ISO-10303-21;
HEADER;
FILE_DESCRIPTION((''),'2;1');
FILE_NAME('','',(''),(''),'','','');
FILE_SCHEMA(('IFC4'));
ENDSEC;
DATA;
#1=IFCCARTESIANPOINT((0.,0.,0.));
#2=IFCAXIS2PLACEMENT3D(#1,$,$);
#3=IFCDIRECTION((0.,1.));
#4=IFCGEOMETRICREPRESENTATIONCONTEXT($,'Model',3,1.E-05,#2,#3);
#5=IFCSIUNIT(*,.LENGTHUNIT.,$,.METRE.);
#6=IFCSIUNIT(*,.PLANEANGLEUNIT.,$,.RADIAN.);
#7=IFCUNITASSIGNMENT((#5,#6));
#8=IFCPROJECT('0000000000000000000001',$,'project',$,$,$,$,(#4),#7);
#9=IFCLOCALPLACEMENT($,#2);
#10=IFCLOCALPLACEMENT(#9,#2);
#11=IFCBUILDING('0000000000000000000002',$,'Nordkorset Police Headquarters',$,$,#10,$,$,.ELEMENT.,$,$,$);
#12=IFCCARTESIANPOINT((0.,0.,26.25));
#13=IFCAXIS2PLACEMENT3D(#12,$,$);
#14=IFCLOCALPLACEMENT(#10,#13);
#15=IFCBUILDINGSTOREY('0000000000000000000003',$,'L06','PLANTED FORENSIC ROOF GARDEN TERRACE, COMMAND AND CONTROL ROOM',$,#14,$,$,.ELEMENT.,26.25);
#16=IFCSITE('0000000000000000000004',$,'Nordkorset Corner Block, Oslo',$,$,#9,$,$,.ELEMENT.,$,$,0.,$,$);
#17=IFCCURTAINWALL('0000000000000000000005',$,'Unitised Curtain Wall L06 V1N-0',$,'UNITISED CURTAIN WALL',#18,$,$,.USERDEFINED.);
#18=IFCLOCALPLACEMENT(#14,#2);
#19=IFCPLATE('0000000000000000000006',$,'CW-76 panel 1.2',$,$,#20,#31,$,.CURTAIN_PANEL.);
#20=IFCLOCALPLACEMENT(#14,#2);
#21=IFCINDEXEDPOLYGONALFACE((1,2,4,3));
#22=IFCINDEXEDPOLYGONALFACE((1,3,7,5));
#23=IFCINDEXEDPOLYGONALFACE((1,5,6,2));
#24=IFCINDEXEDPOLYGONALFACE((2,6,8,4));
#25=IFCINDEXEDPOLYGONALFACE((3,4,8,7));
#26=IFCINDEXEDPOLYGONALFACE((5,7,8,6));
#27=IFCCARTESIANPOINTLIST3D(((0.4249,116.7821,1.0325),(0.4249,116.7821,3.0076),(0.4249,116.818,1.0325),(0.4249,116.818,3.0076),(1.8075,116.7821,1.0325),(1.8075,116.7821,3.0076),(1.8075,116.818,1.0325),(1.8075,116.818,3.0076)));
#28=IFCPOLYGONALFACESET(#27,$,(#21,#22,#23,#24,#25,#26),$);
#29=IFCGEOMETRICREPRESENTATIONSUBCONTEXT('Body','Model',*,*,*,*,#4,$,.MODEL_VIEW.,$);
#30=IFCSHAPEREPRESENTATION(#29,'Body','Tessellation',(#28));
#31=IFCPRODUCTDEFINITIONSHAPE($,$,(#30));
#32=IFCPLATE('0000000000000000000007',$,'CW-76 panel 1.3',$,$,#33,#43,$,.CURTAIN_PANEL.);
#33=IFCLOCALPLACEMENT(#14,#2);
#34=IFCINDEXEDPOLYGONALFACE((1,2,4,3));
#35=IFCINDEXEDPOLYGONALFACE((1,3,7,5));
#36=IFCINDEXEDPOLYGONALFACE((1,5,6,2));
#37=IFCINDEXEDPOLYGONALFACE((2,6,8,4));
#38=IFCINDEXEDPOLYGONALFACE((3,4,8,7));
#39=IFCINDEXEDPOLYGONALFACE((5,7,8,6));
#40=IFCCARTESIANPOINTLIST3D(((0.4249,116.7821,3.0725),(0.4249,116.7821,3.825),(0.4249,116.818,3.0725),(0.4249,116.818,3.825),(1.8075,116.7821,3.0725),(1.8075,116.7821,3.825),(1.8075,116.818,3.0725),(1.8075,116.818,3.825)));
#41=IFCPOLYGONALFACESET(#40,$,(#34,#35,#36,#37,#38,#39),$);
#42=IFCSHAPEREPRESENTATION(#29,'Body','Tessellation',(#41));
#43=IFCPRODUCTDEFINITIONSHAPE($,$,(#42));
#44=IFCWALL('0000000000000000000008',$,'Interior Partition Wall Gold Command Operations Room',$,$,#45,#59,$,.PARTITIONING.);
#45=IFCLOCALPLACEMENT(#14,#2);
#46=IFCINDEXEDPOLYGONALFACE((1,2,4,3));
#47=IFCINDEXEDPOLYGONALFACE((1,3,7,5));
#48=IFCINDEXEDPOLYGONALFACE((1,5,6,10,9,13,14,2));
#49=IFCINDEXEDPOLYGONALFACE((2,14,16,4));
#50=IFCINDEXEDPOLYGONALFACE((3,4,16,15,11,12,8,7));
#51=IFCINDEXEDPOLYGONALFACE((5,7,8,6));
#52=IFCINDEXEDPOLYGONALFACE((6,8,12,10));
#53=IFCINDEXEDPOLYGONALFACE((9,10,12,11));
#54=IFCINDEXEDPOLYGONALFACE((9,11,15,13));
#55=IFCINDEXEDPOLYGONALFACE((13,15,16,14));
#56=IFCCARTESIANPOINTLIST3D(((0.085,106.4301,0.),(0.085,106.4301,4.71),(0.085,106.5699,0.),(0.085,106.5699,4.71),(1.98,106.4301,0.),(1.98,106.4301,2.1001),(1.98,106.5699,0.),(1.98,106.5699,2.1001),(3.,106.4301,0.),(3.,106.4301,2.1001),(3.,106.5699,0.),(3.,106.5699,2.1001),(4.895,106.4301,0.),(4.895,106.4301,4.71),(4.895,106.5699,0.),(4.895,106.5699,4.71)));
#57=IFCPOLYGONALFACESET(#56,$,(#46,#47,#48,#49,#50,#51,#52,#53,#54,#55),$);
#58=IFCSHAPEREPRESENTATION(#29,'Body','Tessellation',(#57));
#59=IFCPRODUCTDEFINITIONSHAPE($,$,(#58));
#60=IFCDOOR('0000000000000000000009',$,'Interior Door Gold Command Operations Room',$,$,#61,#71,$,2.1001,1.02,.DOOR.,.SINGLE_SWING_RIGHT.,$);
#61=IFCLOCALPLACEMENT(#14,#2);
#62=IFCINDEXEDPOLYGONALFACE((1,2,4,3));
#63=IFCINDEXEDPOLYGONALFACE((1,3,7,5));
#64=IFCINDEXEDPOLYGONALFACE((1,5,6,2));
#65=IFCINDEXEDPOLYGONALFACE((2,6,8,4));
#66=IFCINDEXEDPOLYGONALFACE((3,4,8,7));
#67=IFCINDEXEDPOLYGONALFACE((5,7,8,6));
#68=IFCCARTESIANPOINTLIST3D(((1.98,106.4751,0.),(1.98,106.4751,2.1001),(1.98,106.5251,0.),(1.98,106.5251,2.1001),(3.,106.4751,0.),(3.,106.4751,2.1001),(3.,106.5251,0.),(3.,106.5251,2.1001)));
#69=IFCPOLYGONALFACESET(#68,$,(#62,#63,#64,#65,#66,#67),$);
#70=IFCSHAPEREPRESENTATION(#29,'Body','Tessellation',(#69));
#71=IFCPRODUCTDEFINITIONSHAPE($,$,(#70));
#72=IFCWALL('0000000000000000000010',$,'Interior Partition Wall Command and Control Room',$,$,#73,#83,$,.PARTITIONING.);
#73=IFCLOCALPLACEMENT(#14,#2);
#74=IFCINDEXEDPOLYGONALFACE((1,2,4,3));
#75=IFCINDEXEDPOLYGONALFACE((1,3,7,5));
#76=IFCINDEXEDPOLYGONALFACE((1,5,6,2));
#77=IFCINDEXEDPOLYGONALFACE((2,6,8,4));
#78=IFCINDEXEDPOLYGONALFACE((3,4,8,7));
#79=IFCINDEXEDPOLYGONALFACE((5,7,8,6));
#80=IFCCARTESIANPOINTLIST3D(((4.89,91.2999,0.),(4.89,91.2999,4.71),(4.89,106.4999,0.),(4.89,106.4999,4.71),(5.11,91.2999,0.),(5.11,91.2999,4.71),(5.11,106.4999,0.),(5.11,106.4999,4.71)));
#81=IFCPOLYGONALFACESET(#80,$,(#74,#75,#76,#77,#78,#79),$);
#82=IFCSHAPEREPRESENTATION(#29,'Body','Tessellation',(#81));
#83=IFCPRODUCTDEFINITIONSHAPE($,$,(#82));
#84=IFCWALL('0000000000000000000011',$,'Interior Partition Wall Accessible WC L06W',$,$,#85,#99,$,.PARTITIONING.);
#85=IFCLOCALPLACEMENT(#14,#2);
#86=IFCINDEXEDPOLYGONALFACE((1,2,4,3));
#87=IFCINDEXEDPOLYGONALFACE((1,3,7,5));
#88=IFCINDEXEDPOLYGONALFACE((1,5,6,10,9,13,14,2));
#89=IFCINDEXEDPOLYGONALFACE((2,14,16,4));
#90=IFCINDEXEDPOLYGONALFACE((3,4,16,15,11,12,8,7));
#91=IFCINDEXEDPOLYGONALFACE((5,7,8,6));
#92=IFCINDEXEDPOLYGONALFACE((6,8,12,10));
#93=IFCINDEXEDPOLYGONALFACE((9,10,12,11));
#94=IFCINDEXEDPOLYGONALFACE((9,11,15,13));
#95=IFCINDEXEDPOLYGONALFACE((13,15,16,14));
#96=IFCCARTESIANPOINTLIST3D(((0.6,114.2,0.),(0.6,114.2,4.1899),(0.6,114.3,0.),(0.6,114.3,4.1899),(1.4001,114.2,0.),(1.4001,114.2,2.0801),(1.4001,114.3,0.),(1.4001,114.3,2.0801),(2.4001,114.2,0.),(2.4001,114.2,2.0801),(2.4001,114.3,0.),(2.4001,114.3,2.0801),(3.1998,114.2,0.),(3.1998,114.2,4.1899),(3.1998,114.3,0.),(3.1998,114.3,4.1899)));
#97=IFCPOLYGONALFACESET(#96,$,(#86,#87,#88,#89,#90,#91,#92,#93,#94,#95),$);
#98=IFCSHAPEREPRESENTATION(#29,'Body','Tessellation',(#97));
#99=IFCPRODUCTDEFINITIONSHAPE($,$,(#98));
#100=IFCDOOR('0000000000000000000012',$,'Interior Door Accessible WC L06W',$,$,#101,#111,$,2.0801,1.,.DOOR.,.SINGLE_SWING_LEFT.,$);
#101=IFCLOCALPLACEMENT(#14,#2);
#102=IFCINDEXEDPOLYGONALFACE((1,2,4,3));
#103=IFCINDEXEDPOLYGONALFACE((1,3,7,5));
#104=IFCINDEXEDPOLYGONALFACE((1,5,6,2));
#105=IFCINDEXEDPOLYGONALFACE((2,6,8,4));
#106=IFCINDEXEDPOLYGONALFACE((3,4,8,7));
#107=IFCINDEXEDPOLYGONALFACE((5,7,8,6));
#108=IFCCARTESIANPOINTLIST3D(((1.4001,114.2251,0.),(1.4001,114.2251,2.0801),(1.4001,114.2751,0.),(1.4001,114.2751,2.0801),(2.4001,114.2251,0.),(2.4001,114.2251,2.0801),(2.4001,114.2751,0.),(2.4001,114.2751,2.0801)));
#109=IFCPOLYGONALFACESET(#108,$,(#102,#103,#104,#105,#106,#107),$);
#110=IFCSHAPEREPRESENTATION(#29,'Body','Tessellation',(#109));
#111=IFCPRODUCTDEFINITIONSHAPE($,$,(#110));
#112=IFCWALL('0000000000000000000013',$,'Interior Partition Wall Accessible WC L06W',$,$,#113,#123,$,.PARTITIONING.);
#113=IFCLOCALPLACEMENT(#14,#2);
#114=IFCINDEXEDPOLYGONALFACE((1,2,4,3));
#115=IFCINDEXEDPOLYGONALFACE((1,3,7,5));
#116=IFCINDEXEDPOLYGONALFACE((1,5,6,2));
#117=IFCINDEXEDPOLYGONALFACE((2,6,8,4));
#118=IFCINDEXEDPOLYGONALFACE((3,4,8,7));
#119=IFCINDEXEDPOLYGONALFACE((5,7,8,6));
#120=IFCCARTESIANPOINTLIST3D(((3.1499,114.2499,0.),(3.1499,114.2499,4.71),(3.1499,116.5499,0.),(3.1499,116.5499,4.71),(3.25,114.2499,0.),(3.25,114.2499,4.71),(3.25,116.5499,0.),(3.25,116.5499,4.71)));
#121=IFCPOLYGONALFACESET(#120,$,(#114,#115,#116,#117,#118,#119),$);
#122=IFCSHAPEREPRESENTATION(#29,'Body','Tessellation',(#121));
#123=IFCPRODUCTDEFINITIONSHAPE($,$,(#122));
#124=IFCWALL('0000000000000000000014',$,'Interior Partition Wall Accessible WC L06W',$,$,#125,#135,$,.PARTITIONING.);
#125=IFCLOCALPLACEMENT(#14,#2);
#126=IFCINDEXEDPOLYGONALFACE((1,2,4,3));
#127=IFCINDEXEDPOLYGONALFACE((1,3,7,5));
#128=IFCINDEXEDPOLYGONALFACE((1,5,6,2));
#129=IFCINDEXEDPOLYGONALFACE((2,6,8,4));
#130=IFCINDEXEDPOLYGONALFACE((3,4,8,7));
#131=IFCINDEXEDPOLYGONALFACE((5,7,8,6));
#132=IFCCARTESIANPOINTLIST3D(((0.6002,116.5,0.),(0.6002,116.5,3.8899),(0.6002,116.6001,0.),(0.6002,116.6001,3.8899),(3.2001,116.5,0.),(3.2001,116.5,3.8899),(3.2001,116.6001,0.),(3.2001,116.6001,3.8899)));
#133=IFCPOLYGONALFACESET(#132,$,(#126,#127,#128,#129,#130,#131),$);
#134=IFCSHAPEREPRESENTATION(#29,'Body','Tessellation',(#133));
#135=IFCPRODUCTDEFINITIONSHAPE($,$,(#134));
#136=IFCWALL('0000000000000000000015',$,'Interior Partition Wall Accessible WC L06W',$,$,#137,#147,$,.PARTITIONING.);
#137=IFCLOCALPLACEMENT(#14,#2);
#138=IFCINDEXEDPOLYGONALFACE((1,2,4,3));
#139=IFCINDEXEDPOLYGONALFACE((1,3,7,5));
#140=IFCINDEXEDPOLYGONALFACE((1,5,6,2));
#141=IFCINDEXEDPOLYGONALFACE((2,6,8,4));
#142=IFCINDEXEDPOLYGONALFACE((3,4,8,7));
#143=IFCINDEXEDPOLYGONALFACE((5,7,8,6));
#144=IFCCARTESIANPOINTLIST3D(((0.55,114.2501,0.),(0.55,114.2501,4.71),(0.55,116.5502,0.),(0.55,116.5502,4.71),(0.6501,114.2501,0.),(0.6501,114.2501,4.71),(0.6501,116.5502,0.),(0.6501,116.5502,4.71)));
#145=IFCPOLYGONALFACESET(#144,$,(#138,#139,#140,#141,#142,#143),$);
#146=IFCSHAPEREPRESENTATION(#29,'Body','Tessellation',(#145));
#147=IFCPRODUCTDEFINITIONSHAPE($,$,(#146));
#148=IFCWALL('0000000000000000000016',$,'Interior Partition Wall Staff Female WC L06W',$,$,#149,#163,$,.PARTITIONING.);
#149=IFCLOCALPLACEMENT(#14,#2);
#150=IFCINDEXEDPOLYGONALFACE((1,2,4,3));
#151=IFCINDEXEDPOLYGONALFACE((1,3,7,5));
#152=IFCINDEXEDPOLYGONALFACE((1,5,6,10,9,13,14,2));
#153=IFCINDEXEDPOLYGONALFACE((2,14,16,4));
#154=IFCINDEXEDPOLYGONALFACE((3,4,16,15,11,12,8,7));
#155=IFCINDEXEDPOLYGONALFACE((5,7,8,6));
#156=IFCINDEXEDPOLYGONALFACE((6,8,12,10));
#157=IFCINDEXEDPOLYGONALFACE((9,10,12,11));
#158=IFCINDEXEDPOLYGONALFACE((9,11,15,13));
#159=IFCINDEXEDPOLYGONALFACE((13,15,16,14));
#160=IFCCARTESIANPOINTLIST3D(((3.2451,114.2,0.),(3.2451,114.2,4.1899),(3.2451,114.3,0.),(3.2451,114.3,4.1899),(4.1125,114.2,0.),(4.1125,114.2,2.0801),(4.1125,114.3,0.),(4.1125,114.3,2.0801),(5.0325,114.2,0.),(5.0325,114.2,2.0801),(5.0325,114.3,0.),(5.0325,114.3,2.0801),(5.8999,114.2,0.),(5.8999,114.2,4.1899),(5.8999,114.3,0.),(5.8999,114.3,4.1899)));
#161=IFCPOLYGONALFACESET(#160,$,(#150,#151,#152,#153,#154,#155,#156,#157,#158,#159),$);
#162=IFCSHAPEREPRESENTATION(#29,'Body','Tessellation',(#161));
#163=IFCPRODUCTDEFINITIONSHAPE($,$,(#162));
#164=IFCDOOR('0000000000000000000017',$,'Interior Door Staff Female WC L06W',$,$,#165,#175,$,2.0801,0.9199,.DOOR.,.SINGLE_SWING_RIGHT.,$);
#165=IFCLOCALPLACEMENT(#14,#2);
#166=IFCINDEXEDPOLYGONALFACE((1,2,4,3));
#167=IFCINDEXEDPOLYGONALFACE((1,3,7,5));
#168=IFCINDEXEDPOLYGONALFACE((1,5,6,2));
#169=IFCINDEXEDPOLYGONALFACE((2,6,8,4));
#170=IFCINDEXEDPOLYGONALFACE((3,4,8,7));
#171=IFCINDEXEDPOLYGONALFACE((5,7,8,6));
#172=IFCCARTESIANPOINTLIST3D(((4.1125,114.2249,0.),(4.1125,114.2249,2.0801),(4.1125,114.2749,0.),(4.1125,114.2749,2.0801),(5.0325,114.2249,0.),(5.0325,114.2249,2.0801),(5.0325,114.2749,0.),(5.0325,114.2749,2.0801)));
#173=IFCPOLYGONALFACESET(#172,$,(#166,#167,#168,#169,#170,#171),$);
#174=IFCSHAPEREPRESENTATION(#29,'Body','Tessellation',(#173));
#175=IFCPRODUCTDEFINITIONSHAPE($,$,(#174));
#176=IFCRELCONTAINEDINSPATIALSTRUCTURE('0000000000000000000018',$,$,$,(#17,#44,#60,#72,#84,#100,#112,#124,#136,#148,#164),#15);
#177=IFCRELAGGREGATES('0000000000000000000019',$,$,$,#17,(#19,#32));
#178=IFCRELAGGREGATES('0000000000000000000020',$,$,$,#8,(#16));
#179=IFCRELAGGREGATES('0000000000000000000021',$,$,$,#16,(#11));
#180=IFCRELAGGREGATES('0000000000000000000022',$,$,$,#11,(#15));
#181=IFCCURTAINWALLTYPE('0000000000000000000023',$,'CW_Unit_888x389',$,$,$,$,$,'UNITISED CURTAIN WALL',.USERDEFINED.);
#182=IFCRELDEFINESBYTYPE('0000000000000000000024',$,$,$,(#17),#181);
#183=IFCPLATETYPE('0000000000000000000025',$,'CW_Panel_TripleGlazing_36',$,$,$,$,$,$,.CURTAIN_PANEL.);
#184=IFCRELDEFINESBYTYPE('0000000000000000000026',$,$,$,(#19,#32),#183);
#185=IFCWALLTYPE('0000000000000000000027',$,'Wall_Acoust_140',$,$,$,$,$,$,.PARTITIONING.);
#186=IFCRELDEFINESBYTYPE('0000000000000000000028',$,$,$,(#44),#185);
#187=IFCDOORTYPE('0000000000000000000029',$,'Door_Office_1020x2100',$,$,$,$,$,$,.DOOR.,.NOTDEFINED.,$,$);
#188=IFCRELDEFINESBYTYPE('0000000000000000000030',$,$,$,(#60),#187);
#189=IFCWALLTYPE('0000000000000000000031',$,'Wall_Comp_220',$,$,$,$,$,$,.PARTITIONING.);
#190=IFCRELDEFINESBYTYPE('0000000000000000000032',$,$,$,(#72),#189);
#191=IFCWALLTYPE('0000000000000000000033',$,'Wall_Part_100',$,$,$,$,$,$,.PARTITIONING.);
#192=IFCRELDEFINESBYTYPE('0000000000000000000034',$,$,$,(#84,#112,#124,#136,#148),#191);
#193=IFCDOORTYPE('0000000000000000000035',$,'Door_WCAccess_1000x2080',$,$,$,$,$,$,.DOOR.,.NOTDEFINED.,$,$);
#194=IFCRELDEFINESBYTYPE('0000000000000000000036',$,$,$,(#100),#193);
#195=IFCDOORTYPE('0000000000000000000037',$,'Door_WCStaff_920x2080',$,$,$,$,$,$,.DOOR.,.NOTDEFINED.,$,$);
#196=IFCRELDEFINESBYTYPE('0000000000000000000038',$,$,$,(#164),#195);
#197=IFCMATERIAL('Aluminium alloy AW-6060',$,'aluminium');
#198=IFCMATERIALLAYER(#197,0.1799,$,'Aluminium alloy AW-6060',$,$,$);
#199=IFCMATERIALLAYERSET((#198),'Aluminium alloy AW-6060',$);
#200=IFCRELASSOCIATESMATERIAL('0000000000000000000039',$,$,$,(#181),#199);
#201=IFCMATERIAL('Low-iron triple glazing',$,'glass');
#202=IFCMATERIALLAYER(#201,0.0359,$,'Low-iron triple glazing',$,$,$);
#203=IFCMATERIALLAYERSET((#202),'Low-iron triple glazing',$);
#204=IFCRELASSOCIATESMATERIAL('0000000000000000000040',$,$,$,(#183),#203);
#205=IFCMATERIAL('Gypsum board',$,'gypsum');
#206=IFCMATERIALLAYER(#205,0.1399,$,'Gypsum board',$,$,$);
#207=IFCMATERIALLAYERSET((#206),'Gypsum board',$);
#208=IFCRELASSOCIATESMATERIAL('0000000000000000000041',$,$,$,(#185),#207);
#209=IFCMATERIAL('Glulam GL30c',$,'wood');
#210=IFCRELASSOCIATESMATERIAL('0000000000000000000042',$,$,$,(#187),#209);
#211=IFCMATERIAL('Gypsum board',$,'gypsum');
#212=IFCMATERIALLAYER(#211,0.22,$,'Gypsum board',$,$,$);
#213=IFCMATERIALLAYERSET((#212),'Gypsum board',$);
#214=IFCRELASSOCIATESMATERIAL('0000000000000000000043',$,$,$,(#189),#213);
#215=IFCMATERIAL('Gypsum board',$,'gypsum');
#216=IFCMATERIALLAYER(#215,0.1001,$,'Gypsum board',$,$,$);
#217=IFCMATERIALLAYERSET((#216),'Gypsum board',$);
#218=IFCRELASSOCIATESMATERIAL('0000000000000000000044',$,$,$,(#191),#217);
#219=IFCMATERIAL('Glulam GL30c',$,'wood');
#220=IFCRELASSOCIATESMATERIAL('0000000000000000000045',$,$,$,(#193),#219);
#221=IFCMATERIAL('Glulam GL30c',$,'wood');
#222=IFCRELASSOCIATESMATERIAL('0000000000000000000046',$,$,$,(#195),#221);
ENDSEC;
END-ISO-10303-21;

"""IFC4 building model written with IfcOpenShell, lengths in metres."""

from ifc_helpers import new_model, si_unit, direction, frame, frame_2d, origin, origin_2d, place, context, subcontext, project, spatial, rectangle, extrude, material, layer, layer_set, type_object, element, fill, aggregate, save


model = new_model("IFC4")

# Units and contexts
model_context = context("Model", 3, precision=1e-05, world=origin(), true_north=direction((0.0, 1.0)))
body_context = subcontext(model_context, "Body", "Model", "MODEL_VIEW")
ifc_project = project(units=[si_unit("LENGTHUNIT", "METRE"), si_unit("PLANEANGLEUNIT", "RADIAN")], contexts=[model_context])

# Site, building, storey
site_placement = place(None, origin())
site = spatial("IfcSite", under=ifc_project, at=site_placement, Name="Nordkorset Corner Block, Oslo", CompositionType="ELEMENT", RefElevation=0.0)
building_placement = place(site_placement, origin())
building = spatial("IfcBuilding", under=site, at=building_placement, Name="Nordkorset Police Headquarters", CompositionType="ELEMENT")
storey_placement = place(building_placement, frame((0.0, 0.0, 26.25)))
storey = spatial("IfcBuildingStorey", under=building, at=storey_placement, Name="L06", Description="PLANTED FORENSIC ROOF GARDEN TERRACE, COMMAND AND CONTROL ROOM", CompositionType="ELEMENT", Elevation=26.25)

# Curtain wall, plates
ifc_material_1 = material(Name="Aluminium alloy AW-6060", Category="aluminium")
ifc_layer_1 = layer(ifc_material_1, 0.1799, Name="Aluminium alloy AW-6060")
ifc_layer_set_1 = layer_set([ifc_layer_1], Name="Aluminium alloy AW-6060")
curtain_wall_type = type_object("IfcCurtainWallType", Name="CW_Unit_888x389", ElementType="UNITISED CURTAIN WALL", PredefinedType="USERDEFINED", material=ifc_layer_set_1)
curtain_wall_placement = place(storey_placement, origin())
curtain_wall = element("IfcCurtainWall", 1, at=curtain_wall_placement, inside=storey, type_object=curtain_wall_type, Name="Unitised Curtain Wall L06 V1N-0", ObjectType="UNITISED CURTAIN WALL", PredefinedType="USERDEFINED")
ifc_material_2 = material(Name="Low-iron triple glazing", Category="glass")
ifc_layer_2 = layer(ifc_material_2, 0.0359, Name="Low-iron triple glazing")
ifc_layer_set_2 = layer_set([ifc_layer_2], Name="Low-iron triple glazing")
plate_type = type_object("IfcPlateType", Name="CW_Panel_TripleGlazing_36", PredefinedType="CURTAIN_PANEL", material=ifc_layer_set_2)
plate_1_placement = place(storey_placement, frame((1.1162, 116.8, 1.0325), z_axis=(0.0, 0.0, 1.0), x_axis=(1.0, 0.0, 0.0)))
plate_1 = element("IfcPlate", 2, at=plate_1_placement, type_object=plate_type, Name="CW-76 panel 1.2", PredefinedType="CURTAIN_PANEL", context=body_context, shape_type="SweptSolid", body=[
    extrude(rectangle(XDim=1.3826, YDim=0.0359, at=origin_2d()), origin(), (0.0, 0.0, 1.0), 1.9751),
])
plate_2_placement = place(storey_placement, frame((1.1162, 116.8, 3.0725), z_axis=(0.0, 0.0, 1.0), x_axis=(1.0, 0.0, 0.0)))
plate_2 = element("IfcPlate", 3, at=plate_2_placement, type_object=plate_type, Name="CW-76 panel 1.3", PredefinedType="CURTAIN_PANEL", context=body_context, shape_type="SweptSolid", body=[
    extrude(rectangle(XDim=1.3826, YDim=0.0359, at=origin_2d()), origin(), (0.0, 0.0, 1.0), 0.7524),
])
aggregate(curtain_wall, [plate_1, plate_2])

# Wall, opening, door
ifc_material_3 = material(Name="Gypsum board", Category="gypsum")
ifc_layer_3 = layer(ifc_material_3, 0.1399, Name="Gypsum board")
ifc_layer_set_3 = layer_set([ifc_layer_3], Name="Gypsum board")
wall_type_1 = type_object("IfcWallType", Name="Wall_Acoust_140", PredefinedType="PARTITIONING", material=ifc_layer_set_3)
wall_1_placement = place(storey_placement, frame((4.895, 106.5, 0.0), z_axis=(0.0, 0.0, 1.0), x_axis=(-1.0, 0.0, 0.0)))
wall_1 = element("IfcWall", 4, at=wall_1_placement, inside=storey, type_object=wall_type_1, Name="Interior Partition Wall Gold Command Operations Room", PredefinedType="PARTITIONING", context=body_context, shape_type="SweptSolid", body=[
    extrude(rectangle(XDim=4.8101, YDim=0.1399, at=frame_2d((2.405, 0.0))), origin(), (0.0, 0.0, 1.0), 4.71),
])
opening_1_placement = place(wall_1_placement, frame((1.895, 0.0, 0.0)))
opening_1 = element("IfcOpeningElement", 5, at=opening_1_placement, cuts=wall_1, PredefinedType="OPENING", context=body_context, shape_type="SweptSolid", body=[
    extrude(rectangle(XDim=1.02, YDim=2.1001, at=frame_2d((0.51, 1.05))), frame((0.0, 0.0801, 0.0), z_axis=(0.0, -1.0, 0.0), x_axis=(1.0, 0.0, 0.0)), (0.0, 0.0, 1.0), 0.1599),
])
ifc_material_4 = material(Name="Glulam GL30c", Category="wood")
door_type_1 = type_object("IfcDoorType", Name="Door_Office_1020x2100", OperationType="NOTDEFINED", PredefinedType="DOOR", material=ifc_material_4)
door_1_placement = place(opening_1_placement, origin())
door_1 = element("IfcDoor", 6, at=door_1_placement, inside=storey, type_object=door_type_1, Name="Interior Door Gold Command Operations Room", OperationType="SINGLE_SWING_RIGHT", OverallHeight=2.1001, OverallWidth=1.02, PredefinedType="DOOR", context=body_context, shape_type="SweptSolid", body=[
    extrude(rectangle(XDim=1.02, YDim=2.1001, at=frame_2d((0.51, 1.05))), frame((0.0, 0.0249, 0.0), z_axis=(0.0, -1.0, 0.0), x_axis=(1.0, 0.0, 0.0)), (0.0, 0.0, 1.0), 0.05),
])
fill(opening_1, door_1)

# Wall
ifc_material_5 = material(Name="Gypsum board", Category="gypsum")
ifc_layer_4 = layer(ifc_material_5, 0.22, Name="Gypsum board")
ifc_layer_set_4 = layer_set([ifc_layer_4], Name="Gypsum board")
wall_type_2 = type_object("IfcWallType", Name="Wall_Comp_220", PredefinedType="PARTITIONING", material=ifc_layer_set_4)
wall_2_placement = place(storey_placement, frame((5.0, 106.5, 0.0), z_axis=(0.0, 0.0, 1.0), x_axis=(0.0, -1.0, 0.0)))
element("IfcWall", 7, at=wall_2_placement, inside=storey, type_object=wall_type_2, Name="Interior Partition Wall Command and Control Room", PredefinedType="PARTITIONING", context=body_context, shape_type="SweptSolid", body=[
    extrude(rectangle(XDim=15.2, YDim=0.22, at=frame_2d((7.6001, 0.0))), origin(), (0.0, 0.0, 1.0), 4.71),
])

# Wall, opening, door
ifc_material_6 = material(Name="Gypsum board", Category="gypsum")
ifc_layer_5 = layer(ifc_material_6, 0.1001, Name="Gypsum board")
ifc_layer_set_5 = layer_set([ifc_layer_5], Name="Gypsum board")
wall_type_3 = type_object("IfcWallType", Name="Wall_Part_100", PredefinedType="PARTITIONING", material=ifc_layer_set_5)
wall_3_placement = place(storey_placement, frame((0.6001, 114.25, 0.0), z_axis=(0.0, 0.0, 1.0), x_axis=(1.0, 0.0, 0.0)))
wall_3 = element("IfcWall", 8, at=wall_3_placement, inside=storey, type_object=wall_type_3, Name="Interior Partition Wall Accessible WC L06W", PredefinedType="PARTITIONING", context=body_context, shape_type="SweptSolid", body=[
    extrude(rectangle(XDim=2.5999, YDim=0.1001, at=frame_2d((1.2998, 0.0))), origin(), (0.0, 0.0, 1.0), 4.1899),
])
opening_2_placement = place(wall_3_placement, frame((0.8, 0.0, 0.0)))
opening_2 = element("IfcOpeningElement", 9, at=opening_2_placement, cuts=wall_3, PredefinedType="OPENING", context=body_context, shape_type="SweptSolid", body=[
    extrude(rectangle(XDim=1.0, YDim=2.0801, at=frame_2d((0.5, 1.04))), frame((0.0, 0.0601, 0.0), z_axis=(0.0, -1.0, 0.0), x_axis=(1.0, 0.0, 0.0)), (0.0, 0.0, 1.0), 0.1201),
])
ifc_material_7 = material(Name="Glulam GL30c", Category="wood")
door_type_2 = type_object("IfcDoorType", Name="Door_WCAccess_1000x2080", OperationType="NOTDEFINED", PredefinedType="DOOR", material=ifc_material_7)
door_2_placement = place(opening_2_placement, frame((1.0, 0.0, 0.0), z_axis=(0.0, 0.0, 1.0), x_axis=(-1.0, 0.0, 0.0)))
door_2 = element("IfcDoor", 10, at=door_2_placement, inside=storey, type_object=door_type_2, Name="Interior Door Accessible WC L06W", OperationType="SINGLE_SWING_LEFT", OverallHeight=2.0801, OverallWidth=1.0, PredefinedType="DOOR", context=body_context, shape_type="SweptSolid", body=[
    extrude(rectangle(XDim=1.0, YDim=2.0801, at=frame_2d((0.5, 1.04))), frame((0.0, 0.0249, 0.0), z_axis=(0.0, -1.0, 0.0), x_axis=(1.0, 0.0, 0.0)), (0.0, 0.0, 1.0), 0.05),
])
fill(opening_2, door_2)

# Walls
wall_4_placement = place(storey_placement, frame((3.2, 114.25, 0.0), z_axis=(0.0, 0.0, 1.0), x_axis=(0.0, 1.0, 0.0)))
element("IfcWall", 11, at=wall_4_placement, inside=storey, type_object=wall_type_3, Name="Interior Partition Wall Accessible WC L06W", PredefinedType="PARTITIONING", context=body_context, shape_type="SweptSolid", body=[
    extrude(rectangle(XDim=2.3, YDim=0.1001, at=frame_2d((1.1499, 0.0))), origin(), (0.0, 0.0, 1.0), 4.71),
])
wall_5_placement = place(storey_placement, frame((3.2, 116.55, 0.0), z_axis=(0.0, 0.0, 1.0), x_axis=(-1.0, 0.0, 0.0)))
element("IfcWall", 12, at=wall_5_placement, inside=storey, type_object=wall_type_3, Name="Interior Partition Wall Accessible WC L06W", PredefinedType="PARTITIONING", context=body_context, shape_type="SweptSolid", body=[
    extrude(rectangle(XDim=2.5999, YDim=0.1001, at=frame_2d((1.2998, 0.0))), origin(), (0.0, 0.0, 1.0), 3.8899),
])
wall_6_placement = place(storey_placement, frame((0.6001, 116.55, 0.0), z_axis=(0.0, 0.0, 1.0), x_axis=(0.0, -1.0, 0.0)))
element("IfcWall", 13, at=wall_6_placement, inside=storey, type_object=wall_type_3, Name="Interior Partition Wall Accessible WC L06W", PredefinedType="PARTITIONING", context=body_context, shape_type="SweptSolid", body=[
    extrude(rectangle(XDim=2.3, YDim=0.1001, at=frame_2d((1.1499, 0.0))), origin(), (0.0, 0.0, 1.0), 4.71),
])

# Wall, opening, door
wall_7_placement = place(storey_placement, frame((3.2451, 114.25, 0.0), z_axis=(0.0, 0.0, 1.0), x_axis=(1.0, 0.0, 0.0)))
wall_7 = element("IfcWall", 14, at=wall_7_placement, inside=storey, type_object=wall_type_3, Name="Interior Partition Wall Staff Female WC L06W", PredefinedType="PARTITIONING", context=body_context, shape_type="SweptSolid", body=[
    extrude(rectangle(XDim=2.6548, YDim=0.1001, at=frame_2d((1.3274, 0.0))), origin(), (0.0, 0.0, 1.0), 4.1899),
])
opening_3_placement = place(wall_7_placement, frame((0.8674, 0.0, 0.0)))
opening_3 = element("IfcOpeningElement", 15, at=opening_3_placement, cuts=wall_7, PredefinedType="OPENING", context=body_context, shape_type="SweptSolid", body=[
    extrude(rectangle(XDim=0.9199, YDim=2.0801, at=frame_2d((0.46, 1.04))), frame((0.0, 0.0601, 0.0), z_axis=(0.0, -1.0, 0.0), x_axis=(1.0, 0.0, 0.0)), (0.0, 0.0, 1.0), 0.1201),
])
ifc_material_8 = material(Name="Glulam GL30c", Category="wood")
door_type_3 = type_object("IfcDoorType", Name="Door_WCStaff_920x2080", OperationType="NOTDEFINED", PredefinedType="DOOR", material=ifc_material_8)
door_3_placement = place(opening_3_placement, origin())
door_3 = element("IfcDoor", 16, at=door_3_placement, inside=storey, type_object=door_type_3, Name="Interior Door Staff Female WC L06W", OperationType="SINGLE_SWING_RIGHT", OverallHeight=2.0801, OverallWidth=0.9199, PredefinedType="DOOR", context=body_context, shape_type="SweptSolid", body=[
    extrude(rectangle(XDim=0.9199, YDim=2.0801, at=frame_2d((0.46, 1.04))), frame((0.0, 0.0249, 0.0), z_axis=(0.0, -1.0, 0.0), x_axis=(1.0, 0.0, 0.0)), (0.0, 0.0, 1.0), 0.05),
])
fill(opening_3, door_3)

save(model, "model.ifc")
